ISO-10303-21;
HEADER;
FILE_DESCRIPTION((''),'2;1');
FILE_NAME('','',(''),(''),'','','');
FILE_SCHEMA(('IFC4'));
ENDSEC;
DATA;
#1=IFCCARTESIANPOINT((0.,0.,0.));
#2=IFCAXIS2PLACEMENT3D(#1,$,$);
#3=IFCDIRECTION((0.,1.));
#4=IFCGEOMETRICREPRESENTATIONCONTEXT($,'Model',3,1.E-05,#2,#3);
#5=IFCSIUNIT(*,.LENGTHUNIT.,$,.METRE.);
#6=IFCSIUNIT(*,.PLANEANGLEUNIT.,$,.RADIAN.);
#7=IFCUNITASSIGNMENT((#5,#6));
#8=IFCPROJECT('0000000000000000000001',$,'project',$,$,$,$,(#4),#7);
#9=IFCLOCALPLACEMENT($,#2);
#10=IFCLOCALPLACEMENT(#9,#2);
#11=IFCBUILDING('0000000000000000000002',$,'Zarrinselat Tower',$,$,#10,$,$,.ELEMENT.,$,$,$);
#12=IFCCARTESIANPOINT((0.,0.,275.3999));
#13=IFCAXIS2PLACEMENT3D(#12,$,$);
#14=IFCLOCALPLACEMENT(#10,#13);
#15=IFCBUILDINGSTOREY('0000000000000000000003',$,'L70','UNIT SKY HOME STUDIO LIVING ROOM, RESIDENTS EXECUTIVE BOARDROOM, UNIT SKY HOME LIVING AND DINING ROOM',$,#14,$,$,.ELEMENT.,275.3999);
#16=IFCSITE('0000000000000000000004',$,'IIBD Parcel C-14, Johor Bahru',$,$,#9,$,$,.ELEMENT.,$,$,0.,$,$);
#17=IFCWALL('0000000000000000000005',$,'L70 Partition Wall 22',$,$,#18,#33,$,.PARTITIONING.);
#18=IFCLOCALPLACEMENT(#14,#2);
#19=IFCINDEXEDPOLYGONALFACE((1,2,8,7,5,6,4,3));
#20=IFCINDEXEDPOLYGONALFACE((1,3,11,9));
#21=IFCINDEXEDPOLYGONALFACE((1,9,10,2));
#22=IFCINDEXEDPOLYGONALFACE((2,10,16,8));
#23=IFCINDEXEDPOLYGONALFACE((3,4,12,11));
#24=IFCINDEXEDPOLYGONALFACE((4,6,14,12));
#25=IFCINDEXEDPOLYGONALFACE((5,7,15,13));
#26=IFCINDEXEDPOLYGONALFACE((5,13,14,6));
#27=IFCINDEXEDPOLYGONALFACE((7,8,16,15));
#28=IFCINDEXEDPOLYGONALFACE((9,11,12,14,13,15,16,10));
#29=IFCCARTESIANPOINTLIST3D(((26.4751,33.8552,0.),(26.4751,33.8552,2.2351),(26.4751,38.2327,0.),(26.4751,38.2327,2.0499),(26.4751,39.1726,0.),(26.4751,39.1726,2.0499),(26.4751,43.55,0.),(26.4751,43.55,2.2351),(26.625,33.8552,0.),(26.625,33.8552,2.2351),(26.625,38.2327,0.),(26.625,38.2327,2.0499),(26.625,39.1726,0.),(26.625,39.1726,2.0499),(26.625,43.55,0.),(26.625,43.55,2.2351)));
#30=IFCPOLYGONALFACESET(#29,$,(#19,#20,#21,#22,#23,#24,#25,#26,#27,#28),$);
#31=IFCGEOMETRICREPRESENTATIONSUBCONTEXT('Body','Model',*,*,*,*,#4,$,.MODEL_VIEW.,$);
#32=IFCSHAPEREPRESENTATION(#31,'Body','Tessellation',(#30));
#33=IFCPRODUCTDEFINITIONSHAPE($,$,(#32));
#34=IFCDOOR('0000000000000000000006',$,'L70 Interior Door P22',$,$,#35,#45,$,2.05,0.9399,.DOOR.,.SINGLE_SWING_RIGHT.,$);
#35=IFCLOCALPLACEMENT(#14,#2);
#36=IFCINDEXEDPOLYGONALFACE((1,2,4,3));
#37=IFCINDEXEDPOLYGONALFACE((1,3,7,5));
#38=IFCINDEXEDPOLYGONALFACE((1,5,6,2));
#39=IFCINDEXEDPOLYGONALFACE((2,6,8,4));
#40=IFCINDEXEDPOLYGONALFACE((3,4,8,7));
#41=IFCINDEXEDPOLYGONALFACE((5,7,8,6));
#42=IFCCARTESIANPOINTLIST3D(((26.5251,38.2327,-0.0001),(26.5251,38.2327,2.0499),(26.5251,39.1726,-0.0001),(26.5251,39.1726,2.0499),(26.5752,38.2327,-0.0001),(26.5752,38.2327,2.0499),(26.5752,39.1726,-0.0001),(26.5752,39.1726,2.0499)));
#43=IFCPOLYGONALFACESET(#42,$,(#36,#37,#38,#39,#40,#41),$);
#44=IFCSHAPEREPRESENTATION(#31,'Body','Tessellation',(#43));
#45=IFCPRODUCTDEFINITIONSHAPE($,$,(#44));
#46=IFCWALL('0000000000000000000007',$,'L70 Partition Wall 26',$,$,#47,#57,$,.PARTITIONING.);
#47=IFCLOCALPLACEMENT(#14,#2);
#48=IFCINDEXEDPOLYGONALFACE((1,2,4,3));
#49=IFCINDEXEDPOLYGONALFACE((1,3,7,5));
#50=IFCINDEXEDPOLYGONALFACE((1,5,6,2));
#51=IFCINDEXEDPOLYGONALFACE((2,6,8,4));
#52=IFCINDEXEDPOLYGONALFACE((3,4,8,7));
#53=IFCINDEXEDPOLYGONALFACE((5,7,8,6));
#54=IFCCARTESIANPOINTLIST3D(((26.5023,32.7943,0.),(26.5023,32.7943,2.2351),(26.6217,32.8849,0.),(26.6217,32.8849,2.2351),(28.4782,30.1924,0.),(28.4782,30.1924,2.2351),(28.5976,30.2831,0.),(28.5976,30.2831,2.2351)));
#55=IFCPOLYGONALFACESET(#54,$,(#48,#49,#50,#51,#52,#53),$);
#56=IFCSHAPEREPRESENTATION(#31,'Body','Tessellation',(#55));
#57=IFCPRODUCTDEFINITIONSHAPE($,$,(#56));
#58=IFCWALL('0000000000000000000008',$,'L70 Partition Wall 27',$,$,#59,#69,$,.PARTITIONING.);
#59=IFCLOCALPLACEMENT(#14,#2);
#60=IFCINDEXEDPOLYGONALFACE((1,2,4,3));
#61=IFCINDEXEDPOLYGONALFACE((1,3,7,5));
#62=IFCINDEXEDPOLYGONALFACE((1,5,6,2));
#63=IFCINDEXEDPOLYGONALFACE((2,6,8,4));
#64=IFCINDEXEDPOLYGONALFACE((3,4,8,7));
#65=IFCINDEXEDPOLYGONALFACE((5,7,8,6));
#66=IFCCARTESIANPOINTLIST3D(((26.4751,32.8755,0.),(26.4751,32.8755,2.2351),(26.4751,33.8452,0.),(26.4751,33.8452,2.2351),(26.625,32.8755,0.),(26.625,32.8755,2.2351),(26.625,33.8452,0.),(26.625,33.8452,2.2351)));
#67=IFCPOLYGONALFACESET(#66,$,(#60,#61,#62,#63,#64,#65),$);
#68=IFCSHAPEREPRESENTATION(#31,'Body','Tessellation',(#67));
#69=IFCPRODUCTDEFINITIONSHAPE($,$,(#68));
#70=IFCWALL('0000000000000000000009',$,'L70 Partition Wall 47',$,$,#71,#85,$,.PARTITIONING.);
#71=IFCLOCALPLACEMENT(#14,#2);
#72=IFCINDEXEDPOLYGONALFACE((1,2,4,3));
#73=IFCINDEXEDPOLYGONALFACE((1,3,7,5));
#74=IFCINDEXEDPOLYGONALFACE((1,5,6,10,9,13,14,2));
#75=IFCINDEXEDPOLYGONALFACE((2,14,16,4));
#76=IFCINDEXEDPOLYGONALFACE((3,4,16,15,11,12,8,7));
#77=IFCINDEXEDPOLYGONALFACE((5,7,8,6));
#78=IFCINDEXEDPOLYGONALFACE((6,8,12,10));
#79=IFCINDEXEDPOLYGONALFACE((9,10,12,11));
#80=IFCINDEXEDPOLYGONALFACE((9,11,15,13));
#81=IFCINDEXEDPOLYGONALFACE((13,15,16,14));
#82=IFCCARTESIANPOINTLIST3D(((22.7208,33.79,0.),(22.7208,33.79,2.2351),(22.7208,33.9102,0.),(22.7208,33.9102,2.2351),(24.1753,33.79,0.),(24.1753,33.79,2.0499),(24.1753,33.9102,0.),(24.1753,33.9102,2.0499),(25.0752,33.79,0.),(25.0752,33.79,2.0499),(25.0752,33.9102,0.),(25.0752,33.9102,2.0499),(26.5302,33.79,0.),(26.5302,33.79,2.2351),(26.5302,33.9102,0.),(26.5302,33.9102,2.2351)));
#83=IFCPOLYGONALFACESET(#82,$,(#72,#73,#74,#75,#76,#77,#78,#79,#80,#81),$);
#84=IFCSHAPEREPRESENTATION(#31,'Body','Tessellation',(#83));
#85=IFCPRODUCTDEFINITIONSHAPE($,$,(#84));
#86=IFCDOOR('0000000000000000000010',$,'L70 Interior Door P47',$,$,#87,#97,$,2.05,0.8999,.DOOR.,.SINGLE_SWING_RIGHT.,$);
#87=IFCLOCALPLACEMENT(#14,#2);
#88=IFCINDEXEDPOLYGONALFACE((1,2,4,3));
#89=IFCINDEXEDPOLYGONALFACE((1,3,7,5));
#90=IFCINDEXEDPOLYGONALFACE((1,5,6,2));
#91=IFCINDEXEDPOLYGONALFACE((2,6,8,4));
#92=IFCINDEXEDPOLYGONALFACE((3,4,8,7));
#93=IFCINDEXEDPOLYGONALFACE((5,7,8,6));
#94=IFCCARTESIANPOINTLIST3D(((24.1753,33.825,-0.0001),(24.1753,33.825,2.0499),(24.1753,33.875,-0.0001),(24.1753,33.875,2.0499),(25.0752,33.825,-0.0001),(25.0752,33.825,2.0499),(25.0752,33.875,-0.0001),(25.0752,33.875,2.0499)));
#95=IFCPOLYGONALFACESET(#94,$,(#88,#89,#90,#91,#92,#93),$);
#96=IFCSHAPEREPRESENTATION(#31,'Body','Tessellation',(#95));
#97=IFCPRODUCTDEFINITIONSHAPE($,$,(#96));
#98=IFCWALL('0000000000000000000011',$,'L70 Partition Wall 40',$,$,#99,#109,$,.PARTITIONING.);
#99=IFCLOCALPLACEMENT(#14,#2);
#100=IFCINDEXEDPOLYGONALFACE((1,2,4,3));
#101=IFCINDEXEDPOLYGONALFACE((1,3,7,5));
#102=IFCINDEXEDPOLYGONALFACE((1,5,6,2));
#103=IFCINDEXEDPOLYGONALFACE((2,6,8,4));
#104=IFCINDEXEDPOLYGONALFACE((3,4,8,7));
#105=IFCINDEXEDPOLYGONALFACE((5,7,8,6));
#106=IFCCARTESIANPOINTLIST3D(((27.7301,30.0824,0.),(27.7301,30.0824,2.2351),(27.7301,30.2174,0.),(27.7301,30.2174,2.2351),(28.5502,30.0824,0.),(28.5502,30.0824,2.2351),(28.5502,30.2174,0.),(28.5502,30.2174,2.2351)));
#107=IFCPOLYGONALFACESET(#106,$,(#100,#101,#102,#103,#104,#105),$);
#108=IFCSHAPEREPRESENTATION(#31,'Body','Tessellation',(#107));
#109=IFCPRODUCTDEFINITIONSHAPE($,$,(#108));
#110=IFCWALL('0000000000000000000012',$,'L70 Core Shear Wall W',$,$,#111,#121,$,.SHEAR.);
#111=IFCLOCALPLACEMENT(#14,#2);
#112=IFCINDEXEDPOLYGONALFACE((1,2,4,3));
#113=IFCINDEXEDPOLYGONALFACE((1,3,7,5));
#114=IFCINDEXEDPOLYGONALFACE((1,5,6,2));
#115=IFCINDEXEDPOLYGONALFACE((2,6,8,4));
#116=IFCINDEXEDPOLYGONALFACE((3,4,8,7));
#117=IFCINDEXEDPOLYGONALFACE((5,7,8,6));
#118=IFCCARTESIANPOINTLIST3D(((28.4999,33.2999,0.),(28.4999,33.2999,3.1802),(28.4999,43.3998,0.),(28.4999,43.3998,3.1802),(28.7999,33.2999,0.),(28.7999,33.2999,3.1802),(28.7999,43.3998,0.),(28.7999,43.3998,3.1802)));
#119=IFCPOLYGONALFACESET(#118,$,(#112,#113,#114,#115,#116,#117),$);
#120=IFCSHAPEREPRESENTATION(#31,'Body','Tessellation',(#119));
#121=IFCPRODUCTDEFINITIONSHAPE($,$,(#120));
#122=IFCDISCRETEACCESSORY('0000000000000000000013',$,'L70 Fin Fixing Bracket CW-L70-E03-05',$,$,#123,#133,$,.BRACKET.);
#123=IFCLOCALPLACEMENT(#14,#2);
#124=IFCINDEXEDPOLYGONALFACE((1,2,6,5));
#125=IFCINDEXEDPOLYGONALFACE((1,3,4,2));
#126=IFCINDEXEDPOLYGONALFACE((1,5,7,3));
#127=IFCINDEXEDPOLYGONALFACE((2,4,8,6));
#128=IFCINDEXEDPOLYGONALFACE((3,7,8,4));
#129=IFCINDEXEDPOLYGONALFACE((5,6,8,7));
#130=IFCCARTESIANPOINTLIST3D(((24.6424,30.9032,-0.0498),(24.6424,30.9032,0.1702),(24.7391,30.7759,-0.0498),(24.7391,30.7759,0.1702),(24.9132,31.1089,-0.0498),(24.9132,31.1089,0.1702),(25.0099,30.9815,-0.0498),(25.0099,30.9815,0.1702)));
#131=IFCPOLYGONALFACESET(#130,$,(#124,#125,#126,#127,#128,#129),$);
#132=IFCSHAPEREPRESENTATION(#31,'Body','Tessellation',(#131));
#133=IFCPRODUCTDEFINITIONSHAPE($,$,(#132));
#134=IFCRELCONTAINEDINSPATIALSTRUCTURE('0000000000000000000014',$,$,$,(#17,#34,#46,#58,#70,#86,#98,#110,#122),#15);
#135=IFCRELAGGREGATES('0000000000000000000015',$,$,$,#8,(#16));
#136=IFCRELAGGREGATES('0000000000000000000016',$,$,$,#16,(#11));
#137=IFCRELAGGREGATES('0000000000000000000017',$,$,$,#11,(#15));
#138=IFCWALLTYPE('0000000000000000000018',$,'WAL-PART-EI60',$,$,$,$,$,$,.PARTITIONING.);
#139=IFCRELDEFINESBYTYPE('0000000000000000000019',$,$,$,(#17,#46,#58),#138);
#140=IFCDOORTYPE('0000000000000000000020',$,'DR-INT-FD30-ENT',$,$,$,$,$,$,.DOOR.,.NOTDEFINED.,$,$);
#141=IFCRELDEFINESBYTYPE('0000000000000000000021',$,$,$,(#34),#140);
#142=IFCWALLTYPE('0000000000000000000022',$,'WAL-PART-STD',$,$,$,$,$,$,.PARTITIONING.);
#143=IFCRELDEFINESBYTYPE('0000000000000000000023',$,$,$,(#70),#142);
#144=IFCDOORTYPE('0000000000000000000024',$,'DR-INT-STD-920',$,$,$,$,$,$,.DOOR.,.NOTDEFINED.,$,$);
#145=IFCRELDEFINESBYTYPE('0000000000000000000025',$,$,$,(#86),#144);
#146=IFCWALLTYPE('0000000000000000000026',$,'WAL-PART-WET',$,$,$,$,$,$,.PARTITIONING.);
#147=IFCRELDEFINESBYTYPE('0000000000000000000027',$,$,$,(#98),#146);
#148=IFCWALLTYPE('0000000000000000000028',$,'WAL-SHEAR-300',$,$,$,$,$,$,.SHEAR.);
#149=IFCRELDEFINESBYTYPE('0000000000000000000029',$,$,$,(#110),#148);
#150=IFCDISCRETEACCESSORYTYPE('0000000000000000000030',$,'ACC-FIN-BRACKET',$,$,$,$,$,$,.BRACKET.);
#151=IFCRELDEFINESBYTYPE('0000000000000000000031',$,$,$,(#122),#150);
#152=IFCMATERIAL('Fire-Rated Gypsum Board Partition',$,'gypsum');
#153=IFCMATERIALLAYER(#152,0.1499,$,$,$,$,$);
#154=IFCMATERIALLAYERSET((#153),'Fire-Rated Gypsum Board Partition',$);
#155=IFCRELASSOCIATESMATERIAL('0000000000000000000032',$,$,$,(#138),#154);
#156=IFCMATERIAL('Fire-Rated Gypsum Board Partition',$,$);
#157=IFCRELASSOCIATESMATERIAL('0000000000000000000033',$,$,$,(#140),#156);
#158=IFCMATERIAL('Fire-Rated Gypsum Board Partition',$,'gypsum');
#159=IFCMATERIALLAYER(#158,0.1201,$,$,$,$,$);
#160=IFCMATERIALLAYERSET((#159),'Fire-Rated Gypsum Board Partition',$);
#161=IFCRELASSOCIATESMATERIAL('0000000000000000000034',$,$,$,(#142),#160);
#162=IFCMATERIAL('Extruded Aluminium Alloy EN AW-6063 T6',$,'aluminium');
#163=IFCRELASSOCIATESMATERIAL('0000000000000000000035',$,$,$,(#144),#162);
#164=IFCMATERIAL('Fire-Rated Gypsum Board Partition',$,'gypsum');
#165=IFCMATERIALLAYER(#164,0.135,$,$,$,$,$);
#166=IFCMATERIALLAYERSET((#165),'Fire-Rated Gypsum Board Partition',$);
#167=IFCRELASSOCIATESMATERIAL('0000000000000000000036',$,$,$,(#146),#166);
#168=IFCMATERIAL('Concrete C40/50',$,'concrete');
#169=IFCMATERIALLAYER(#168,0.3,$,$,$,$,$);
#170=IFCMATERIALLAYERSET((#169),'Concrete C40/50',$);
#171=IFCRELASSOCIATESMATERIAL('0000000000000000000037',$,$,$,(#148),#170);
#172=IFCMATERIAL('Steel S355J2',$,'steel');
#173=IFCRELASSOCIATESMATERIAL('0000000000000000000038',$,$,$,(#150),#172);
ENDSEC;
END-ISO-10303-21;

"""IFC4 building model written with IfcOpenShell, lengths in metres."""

from ifc_helpers import new_model, si_unit, direction, frame, frame_2d, origin, origin_2d, place, context, subcontext, project, spatial, rectangle, extrude, material, layer, layer_set, type_object, element, fill, save


model = new_model("IFC4")

# Units and contexts
model_context = context("Model", 3, precision=1e-05, world=origin(), true_north=direction((0.0, 1.0)))
body_context = subcontext(model_context, "Body", "Model", "MODEL_VIEW")
ifc_project = project(units=[si_unit("LENGTHUNIT", "METRE"), si_unit("PLANEANGLEUNIT", "RADIAN")], contexts=[model_context])

# Site, building, storey
site_placement = place(None, origin())
site = spatial("IfcSite", under=ifc_project, at=site_placement, Name="IIBD Parcel C-14, Johor Bahru", CompositionType="ELEMENT", RefElevation=0.0)
building_placement = place(site_placement, origin())
building = spatial("IfcBuilding", under=site, at=building_placement, Name="Zarrinselat Tower", CompositionType="ELEMENT")
storey_placement = place(building_placement, frame((0.0, 0.0, 275.3999)))
storey = spatial("IfcBuildingStorey", under=building, at=storey_placement, Name="L70", Description="UNIT SKY HOME STUDIO LIVING ROOM, RESIDENTS EXECUTIVE BOARDROOM, UNIT SKY HOME LIVING AND DINING ROOM", CompositionType="ELEMENT", Elevation=275.3999)

# Shared definitions
ifc_material_1 = material(Name="Fire-Rated Gypsum Board Partition", Category="gypsum")
ifc_layer_1 = layer(ifc_material_1, 0.1499)
ifc_layer_set_1 = layer_set([ifc_layer_1], Name="Fire-Rated Gypsum Board Partition")
wall_type_1 = type_object("IfcWallType", Name="WAL-PART-EI60", PredefinedType="PARTITIONING", material=ifc_layer_set_1)
ifc_material_2 = material(Name="Fire-Rated Gypsum Board Partition")
door_type_1 = type_object("IfcDoorType", Name="DR-INT-FD30-ENT", OperationType="NOTDEFINED", PredefinedType="DOOR", material=ifc_material_2)

# Wall, opening, door
wall_1_placement = place(storey_placement, frame((26.55, 33.8552, 0.0), z_axis=(0.0, 0.0, 1.0), x_axis=(0.0, 1.0, 0.0)))
wall_1 = element("IfcWall", 1, at=wall_1_placement, inside=storey, type_object=wall_type_1, Name="L70 Partition Wall 22", PredefinedType="PARTITIONING", context=body_context, shape_type="SweptSolid", body=[
    extrude(rectangle(XDim=9.6948, YDim=0.1499, at=frame_2d((4.8474, 0.0))), origin(), (0.0, 0.0, 1.0), 2.2351),
])
opening_1_placement = place(wall_1_placement, frame((4.3774, 0.0, 0.0)))
opening_1 = element("IfcOpeningElement", 2, at=opening_1_placement, cuts=wall_1, PredefinedType="OPENING", context=body_context, shape_type="SweptSolid", body=[
    extrude(rectangle(XDim=0.9399, YDim=2.05, at=frame_2d((0.47, 1.0249))), frame((0.0, 0.085, 0.0), z_axis=(0.0, -1.0, 0.0), x_axis=(1.0, 0.0, 0.0)), (0.0, 0.0, 1.0), 0.1699),
])
door_1_placement = place(opening_1_placement, origin())
door_1 = element("IfcDoor", 3, at=door_1_placement, inside=storey, type_object=door_type_1, Name="L70 Interior Door P22", OperationType="SINGLE_SWING_RIGHT", OverallHeight=2.05, OverallWidth=0.9399, PredefinedType="DOOR", context=body_context, shape_type="SweptSolid", body=[
    extrude(rectangle(XDim=0.9399, YDim=2.05, at=frame_2d((0.47, 1.0249))), frame((0.0, 0.0249, 0.0), z_axis=(0.0, -1.0, 0.0), x_axis=(1.0, 0.0, 0.0)), (0.0, 0.0, 1.0), 0.05),
])
fill(opening_1, door_1)

# Walls
wall_2_placement = place(storey_placement, frame((26.562, 32.8396, 0.0), z_axis=(0.0, 0.0, 1.0), x_axis=(0.604784, -0.79639, 0.0)))
element("IfcWall", 4, at=wall_2_placement, inside=storey, type_object=wall_type_1, Name="L70 Partition Wall 26", PredefinedType="PARTITIONING", context=body_context, shape_type="SweptSolid", body=[
    extrude(rectangle(XDim=3.2671, YDim=0.1499, at=frame_2d((1.6335, 0.0))), origin(), (0.0, 0.0, 1.0), 2.2351),
])
wall_3_placement = place(storey_placement, frame((26.55, 32.8755, 0.0), z_axis=(0.0, 0.0, 1.0), x_axis=(0.0, 1.0, 0.0)))
element("IfcWall", 5, at=wall_3_placement, inside=storey, type_object=wall_type_1, Name="L70 Partition Wall 27", PredefinedType="PARTITIONING", context=body_context, shape_type="SweptSolid", body=[
    extrude(rectangle(XDim=0.9697, YDim=0.1499, at=frame_2d((0.4849, 0.0))), origin(), (0.0, 0.0, 1.0), 2.2351),
])

# Wall, opening, door
ifc_material_3 = material(Name="Fire-Rated Gypsum Board Partition", Category="gypsum")
ifc_layer_2 = layer(ifc_material_3, 0.1201)
ifc_layer_set_2 = layer_set([ifc_layer_2], Name="Fire-Rated Gypsum Board Partition")
wall_type_2 = type_object("IfcWallType", Name="WAL-PART-STD", PredefinedType="PARTITIONING", material=ifc_layer_set_2)
wall_4_placement = place(storey_placement, frame((22.7207, 33.8501, 0.0), z_axis=(0.0, 0.0, 1.0), x_axis=(1.0, 0.0, 0.0)))
wall_4 = element("IfcWall", 6, at=wall_4_placement, inside=storey, type_object=wall_type_2, Name="L70 Partition Wall 47", PredefinedType="PARTITIONING", context=body_context, shape_type="SweptSolid", body=[
    extrude(rectangle(XDim=3.8093, YDim=0.1201, at=frame_2d((1.9048, 0.0))), origin(), (0.0, 0.0, 1.0), 2.2351),
])
opening_2_placement = place(wall_4_placement, frame((1.4546, 0.0, 0.0)))
opening_2 = element("IfcOpeningElement", 7, at=opening_2_placement, cuts=wall_4, PredefinedType="OPENING", context=body_context, shape_type="SweptSolid", body=[
    extrude(rectangle(XDim=0.8999, YDim=2.05, at=frame_2d((0.45, 1.0249))), frame((0.0, 0.0701, 0.0), z_axis=(0.0, -1.0, 0.0), x_axis=(1.0, 0.0, 0.0)), (0.0, 0.0, 1.0), 0.1401),
])
ifc_material_4 = material(Name="Extruded Aluminium Alloy EN AW-6063 T6", Category="aluminium")
door_type_2 = type_object("IfcDoorType", Name="DR-INT-STD-920", OperationType="NOTDEFINED", PredefinedType="DOOR", material=ifc_material_4)
door_2_placement = place(opening_2_placement, origin())
door_2 = element("IfcDoor", 8, at=door_2_placement, inside=storey, type_object=door_type_2, Name="L70 Interior Door P47", OperationType="SINGLE_SWING_RIGHT", OverallHeight=2.05, OverallWidth=0.8999, PredefinedType="DOOR", context=body_context, shape_type="SweptSolid", body=[
    extrude(rectangle(XDim=0.8999, YDim=2.05, at=frame_2d((0.45, 1.0249))), frame((0.0, 0.0249, 0.0), z_axis=(0.0, -1.0, 0.0), x_axis=(1.0, 0.0, 0.0)), (0.0, 0.0, 1.0), 0.05),
])
fill(opening_2, door_2)

# Wall
ifc_material_5 = material(Name="Fire-Rated Gypsum Board Partition", Category="gypsum")
ifc_layer_3 = layer(ifc_material_5, 0.135)
ifc_layer_set_3 = layer_set([ifc_layer_3], Name="Fire-Rated Gypsum Board Partition")
wall_type_3 = type_object("IfcWallType", Name="WAL-PART-WET", PredefinedType="PARTITIONING", material=ifc_layer_set_3)
wall_5_placement = place(storey_placement, frame((27.73, 30.1499, 0.0), z_axis=(0.0, 0.0, 1.0), x_axis=(1.0, 0.0, 0.0)))
element("IfcWall", 9, at=wall_5_placement, inside=storey, type_object=wall_type_3, Name="L70 Partition Wall 40", PredefinedType="PARTITIONING", context=body_context, shape_type="SweptSolid", body=[
    extrude(rectangle(XDim=0.8201, YDim=0.135, at=frame_2d((0.4102, 0.0))), origin(), (0.0, 0.0, 1.0), 2.2351),
])

# Shared definitions
ifc_material_6 = material(Name="Concrete C40/50", Category="concrete")
ifc_layer_4 = layer(ifc_material_6, 0.3)
ifc_layer_set_4 = layer_set([ifc_layer_4], Name="Concrete C40/50")
wall_type_4 = type_object("IfcWallType", Name="WAL-SHEAR-300", PredefinedType="SHEAR", material=ifc_layer_set_4)

# Wall
wall_6_placement = place(storey_placement, frame((28.6499, 33.3, 0.0), z_axis=(0.0, 0.0, 1.0), x_axis=(0.0, 1.0, 0.0)))
element("IfcWall", 10, at=wall_6_placement, inside=storey, type_object=wall_type_4, Name="L70 Core Shear Wall W", PredefinedType="SHEAR", context=body_context, shape_type="SweptSolid", body=[
    extrude(rectangle(XDim=10.0999, YDim=0.3, at=frame_2d((5.0498, 0.0))), origin(), (0.0, 0.0, 1.0), 3.1802),
])

# Discrete accessory
ifc_material_7 = material(Name="Steel S355J2", Category="steel")
discrete_accessory_type = type_object("IfcDiscreteAccessoryType", Name="ACC-FIN-BRACKET", PredefinedType="BRACKET", material=ifc_material_7)
discrete_accessory_placement = place(storey_placement, frame((24.8262, 30.9424, -0.0498), z_axis=(0.0, 0.0, 1.0), x_axis=(-0.796387, -0.604788, 0.0)))
element("IfcDiscreteAccessory", 11, at=discrete_accessory_placement, inside=storey, type_object=discrete_accessory_type, Name="L70 Fin Fixing Bracket CW-L70-E03-05", PredefinedType="BRACKET", context=body_context, shape_type="SweptSolid", body=[
    extrude(rectangle(XDim=0.3401, YDim=0.1599, at=origin_2d()), origin(), (0.0, 0.0, 1.0), 0.22),
])

save(model, "model.ifc")
